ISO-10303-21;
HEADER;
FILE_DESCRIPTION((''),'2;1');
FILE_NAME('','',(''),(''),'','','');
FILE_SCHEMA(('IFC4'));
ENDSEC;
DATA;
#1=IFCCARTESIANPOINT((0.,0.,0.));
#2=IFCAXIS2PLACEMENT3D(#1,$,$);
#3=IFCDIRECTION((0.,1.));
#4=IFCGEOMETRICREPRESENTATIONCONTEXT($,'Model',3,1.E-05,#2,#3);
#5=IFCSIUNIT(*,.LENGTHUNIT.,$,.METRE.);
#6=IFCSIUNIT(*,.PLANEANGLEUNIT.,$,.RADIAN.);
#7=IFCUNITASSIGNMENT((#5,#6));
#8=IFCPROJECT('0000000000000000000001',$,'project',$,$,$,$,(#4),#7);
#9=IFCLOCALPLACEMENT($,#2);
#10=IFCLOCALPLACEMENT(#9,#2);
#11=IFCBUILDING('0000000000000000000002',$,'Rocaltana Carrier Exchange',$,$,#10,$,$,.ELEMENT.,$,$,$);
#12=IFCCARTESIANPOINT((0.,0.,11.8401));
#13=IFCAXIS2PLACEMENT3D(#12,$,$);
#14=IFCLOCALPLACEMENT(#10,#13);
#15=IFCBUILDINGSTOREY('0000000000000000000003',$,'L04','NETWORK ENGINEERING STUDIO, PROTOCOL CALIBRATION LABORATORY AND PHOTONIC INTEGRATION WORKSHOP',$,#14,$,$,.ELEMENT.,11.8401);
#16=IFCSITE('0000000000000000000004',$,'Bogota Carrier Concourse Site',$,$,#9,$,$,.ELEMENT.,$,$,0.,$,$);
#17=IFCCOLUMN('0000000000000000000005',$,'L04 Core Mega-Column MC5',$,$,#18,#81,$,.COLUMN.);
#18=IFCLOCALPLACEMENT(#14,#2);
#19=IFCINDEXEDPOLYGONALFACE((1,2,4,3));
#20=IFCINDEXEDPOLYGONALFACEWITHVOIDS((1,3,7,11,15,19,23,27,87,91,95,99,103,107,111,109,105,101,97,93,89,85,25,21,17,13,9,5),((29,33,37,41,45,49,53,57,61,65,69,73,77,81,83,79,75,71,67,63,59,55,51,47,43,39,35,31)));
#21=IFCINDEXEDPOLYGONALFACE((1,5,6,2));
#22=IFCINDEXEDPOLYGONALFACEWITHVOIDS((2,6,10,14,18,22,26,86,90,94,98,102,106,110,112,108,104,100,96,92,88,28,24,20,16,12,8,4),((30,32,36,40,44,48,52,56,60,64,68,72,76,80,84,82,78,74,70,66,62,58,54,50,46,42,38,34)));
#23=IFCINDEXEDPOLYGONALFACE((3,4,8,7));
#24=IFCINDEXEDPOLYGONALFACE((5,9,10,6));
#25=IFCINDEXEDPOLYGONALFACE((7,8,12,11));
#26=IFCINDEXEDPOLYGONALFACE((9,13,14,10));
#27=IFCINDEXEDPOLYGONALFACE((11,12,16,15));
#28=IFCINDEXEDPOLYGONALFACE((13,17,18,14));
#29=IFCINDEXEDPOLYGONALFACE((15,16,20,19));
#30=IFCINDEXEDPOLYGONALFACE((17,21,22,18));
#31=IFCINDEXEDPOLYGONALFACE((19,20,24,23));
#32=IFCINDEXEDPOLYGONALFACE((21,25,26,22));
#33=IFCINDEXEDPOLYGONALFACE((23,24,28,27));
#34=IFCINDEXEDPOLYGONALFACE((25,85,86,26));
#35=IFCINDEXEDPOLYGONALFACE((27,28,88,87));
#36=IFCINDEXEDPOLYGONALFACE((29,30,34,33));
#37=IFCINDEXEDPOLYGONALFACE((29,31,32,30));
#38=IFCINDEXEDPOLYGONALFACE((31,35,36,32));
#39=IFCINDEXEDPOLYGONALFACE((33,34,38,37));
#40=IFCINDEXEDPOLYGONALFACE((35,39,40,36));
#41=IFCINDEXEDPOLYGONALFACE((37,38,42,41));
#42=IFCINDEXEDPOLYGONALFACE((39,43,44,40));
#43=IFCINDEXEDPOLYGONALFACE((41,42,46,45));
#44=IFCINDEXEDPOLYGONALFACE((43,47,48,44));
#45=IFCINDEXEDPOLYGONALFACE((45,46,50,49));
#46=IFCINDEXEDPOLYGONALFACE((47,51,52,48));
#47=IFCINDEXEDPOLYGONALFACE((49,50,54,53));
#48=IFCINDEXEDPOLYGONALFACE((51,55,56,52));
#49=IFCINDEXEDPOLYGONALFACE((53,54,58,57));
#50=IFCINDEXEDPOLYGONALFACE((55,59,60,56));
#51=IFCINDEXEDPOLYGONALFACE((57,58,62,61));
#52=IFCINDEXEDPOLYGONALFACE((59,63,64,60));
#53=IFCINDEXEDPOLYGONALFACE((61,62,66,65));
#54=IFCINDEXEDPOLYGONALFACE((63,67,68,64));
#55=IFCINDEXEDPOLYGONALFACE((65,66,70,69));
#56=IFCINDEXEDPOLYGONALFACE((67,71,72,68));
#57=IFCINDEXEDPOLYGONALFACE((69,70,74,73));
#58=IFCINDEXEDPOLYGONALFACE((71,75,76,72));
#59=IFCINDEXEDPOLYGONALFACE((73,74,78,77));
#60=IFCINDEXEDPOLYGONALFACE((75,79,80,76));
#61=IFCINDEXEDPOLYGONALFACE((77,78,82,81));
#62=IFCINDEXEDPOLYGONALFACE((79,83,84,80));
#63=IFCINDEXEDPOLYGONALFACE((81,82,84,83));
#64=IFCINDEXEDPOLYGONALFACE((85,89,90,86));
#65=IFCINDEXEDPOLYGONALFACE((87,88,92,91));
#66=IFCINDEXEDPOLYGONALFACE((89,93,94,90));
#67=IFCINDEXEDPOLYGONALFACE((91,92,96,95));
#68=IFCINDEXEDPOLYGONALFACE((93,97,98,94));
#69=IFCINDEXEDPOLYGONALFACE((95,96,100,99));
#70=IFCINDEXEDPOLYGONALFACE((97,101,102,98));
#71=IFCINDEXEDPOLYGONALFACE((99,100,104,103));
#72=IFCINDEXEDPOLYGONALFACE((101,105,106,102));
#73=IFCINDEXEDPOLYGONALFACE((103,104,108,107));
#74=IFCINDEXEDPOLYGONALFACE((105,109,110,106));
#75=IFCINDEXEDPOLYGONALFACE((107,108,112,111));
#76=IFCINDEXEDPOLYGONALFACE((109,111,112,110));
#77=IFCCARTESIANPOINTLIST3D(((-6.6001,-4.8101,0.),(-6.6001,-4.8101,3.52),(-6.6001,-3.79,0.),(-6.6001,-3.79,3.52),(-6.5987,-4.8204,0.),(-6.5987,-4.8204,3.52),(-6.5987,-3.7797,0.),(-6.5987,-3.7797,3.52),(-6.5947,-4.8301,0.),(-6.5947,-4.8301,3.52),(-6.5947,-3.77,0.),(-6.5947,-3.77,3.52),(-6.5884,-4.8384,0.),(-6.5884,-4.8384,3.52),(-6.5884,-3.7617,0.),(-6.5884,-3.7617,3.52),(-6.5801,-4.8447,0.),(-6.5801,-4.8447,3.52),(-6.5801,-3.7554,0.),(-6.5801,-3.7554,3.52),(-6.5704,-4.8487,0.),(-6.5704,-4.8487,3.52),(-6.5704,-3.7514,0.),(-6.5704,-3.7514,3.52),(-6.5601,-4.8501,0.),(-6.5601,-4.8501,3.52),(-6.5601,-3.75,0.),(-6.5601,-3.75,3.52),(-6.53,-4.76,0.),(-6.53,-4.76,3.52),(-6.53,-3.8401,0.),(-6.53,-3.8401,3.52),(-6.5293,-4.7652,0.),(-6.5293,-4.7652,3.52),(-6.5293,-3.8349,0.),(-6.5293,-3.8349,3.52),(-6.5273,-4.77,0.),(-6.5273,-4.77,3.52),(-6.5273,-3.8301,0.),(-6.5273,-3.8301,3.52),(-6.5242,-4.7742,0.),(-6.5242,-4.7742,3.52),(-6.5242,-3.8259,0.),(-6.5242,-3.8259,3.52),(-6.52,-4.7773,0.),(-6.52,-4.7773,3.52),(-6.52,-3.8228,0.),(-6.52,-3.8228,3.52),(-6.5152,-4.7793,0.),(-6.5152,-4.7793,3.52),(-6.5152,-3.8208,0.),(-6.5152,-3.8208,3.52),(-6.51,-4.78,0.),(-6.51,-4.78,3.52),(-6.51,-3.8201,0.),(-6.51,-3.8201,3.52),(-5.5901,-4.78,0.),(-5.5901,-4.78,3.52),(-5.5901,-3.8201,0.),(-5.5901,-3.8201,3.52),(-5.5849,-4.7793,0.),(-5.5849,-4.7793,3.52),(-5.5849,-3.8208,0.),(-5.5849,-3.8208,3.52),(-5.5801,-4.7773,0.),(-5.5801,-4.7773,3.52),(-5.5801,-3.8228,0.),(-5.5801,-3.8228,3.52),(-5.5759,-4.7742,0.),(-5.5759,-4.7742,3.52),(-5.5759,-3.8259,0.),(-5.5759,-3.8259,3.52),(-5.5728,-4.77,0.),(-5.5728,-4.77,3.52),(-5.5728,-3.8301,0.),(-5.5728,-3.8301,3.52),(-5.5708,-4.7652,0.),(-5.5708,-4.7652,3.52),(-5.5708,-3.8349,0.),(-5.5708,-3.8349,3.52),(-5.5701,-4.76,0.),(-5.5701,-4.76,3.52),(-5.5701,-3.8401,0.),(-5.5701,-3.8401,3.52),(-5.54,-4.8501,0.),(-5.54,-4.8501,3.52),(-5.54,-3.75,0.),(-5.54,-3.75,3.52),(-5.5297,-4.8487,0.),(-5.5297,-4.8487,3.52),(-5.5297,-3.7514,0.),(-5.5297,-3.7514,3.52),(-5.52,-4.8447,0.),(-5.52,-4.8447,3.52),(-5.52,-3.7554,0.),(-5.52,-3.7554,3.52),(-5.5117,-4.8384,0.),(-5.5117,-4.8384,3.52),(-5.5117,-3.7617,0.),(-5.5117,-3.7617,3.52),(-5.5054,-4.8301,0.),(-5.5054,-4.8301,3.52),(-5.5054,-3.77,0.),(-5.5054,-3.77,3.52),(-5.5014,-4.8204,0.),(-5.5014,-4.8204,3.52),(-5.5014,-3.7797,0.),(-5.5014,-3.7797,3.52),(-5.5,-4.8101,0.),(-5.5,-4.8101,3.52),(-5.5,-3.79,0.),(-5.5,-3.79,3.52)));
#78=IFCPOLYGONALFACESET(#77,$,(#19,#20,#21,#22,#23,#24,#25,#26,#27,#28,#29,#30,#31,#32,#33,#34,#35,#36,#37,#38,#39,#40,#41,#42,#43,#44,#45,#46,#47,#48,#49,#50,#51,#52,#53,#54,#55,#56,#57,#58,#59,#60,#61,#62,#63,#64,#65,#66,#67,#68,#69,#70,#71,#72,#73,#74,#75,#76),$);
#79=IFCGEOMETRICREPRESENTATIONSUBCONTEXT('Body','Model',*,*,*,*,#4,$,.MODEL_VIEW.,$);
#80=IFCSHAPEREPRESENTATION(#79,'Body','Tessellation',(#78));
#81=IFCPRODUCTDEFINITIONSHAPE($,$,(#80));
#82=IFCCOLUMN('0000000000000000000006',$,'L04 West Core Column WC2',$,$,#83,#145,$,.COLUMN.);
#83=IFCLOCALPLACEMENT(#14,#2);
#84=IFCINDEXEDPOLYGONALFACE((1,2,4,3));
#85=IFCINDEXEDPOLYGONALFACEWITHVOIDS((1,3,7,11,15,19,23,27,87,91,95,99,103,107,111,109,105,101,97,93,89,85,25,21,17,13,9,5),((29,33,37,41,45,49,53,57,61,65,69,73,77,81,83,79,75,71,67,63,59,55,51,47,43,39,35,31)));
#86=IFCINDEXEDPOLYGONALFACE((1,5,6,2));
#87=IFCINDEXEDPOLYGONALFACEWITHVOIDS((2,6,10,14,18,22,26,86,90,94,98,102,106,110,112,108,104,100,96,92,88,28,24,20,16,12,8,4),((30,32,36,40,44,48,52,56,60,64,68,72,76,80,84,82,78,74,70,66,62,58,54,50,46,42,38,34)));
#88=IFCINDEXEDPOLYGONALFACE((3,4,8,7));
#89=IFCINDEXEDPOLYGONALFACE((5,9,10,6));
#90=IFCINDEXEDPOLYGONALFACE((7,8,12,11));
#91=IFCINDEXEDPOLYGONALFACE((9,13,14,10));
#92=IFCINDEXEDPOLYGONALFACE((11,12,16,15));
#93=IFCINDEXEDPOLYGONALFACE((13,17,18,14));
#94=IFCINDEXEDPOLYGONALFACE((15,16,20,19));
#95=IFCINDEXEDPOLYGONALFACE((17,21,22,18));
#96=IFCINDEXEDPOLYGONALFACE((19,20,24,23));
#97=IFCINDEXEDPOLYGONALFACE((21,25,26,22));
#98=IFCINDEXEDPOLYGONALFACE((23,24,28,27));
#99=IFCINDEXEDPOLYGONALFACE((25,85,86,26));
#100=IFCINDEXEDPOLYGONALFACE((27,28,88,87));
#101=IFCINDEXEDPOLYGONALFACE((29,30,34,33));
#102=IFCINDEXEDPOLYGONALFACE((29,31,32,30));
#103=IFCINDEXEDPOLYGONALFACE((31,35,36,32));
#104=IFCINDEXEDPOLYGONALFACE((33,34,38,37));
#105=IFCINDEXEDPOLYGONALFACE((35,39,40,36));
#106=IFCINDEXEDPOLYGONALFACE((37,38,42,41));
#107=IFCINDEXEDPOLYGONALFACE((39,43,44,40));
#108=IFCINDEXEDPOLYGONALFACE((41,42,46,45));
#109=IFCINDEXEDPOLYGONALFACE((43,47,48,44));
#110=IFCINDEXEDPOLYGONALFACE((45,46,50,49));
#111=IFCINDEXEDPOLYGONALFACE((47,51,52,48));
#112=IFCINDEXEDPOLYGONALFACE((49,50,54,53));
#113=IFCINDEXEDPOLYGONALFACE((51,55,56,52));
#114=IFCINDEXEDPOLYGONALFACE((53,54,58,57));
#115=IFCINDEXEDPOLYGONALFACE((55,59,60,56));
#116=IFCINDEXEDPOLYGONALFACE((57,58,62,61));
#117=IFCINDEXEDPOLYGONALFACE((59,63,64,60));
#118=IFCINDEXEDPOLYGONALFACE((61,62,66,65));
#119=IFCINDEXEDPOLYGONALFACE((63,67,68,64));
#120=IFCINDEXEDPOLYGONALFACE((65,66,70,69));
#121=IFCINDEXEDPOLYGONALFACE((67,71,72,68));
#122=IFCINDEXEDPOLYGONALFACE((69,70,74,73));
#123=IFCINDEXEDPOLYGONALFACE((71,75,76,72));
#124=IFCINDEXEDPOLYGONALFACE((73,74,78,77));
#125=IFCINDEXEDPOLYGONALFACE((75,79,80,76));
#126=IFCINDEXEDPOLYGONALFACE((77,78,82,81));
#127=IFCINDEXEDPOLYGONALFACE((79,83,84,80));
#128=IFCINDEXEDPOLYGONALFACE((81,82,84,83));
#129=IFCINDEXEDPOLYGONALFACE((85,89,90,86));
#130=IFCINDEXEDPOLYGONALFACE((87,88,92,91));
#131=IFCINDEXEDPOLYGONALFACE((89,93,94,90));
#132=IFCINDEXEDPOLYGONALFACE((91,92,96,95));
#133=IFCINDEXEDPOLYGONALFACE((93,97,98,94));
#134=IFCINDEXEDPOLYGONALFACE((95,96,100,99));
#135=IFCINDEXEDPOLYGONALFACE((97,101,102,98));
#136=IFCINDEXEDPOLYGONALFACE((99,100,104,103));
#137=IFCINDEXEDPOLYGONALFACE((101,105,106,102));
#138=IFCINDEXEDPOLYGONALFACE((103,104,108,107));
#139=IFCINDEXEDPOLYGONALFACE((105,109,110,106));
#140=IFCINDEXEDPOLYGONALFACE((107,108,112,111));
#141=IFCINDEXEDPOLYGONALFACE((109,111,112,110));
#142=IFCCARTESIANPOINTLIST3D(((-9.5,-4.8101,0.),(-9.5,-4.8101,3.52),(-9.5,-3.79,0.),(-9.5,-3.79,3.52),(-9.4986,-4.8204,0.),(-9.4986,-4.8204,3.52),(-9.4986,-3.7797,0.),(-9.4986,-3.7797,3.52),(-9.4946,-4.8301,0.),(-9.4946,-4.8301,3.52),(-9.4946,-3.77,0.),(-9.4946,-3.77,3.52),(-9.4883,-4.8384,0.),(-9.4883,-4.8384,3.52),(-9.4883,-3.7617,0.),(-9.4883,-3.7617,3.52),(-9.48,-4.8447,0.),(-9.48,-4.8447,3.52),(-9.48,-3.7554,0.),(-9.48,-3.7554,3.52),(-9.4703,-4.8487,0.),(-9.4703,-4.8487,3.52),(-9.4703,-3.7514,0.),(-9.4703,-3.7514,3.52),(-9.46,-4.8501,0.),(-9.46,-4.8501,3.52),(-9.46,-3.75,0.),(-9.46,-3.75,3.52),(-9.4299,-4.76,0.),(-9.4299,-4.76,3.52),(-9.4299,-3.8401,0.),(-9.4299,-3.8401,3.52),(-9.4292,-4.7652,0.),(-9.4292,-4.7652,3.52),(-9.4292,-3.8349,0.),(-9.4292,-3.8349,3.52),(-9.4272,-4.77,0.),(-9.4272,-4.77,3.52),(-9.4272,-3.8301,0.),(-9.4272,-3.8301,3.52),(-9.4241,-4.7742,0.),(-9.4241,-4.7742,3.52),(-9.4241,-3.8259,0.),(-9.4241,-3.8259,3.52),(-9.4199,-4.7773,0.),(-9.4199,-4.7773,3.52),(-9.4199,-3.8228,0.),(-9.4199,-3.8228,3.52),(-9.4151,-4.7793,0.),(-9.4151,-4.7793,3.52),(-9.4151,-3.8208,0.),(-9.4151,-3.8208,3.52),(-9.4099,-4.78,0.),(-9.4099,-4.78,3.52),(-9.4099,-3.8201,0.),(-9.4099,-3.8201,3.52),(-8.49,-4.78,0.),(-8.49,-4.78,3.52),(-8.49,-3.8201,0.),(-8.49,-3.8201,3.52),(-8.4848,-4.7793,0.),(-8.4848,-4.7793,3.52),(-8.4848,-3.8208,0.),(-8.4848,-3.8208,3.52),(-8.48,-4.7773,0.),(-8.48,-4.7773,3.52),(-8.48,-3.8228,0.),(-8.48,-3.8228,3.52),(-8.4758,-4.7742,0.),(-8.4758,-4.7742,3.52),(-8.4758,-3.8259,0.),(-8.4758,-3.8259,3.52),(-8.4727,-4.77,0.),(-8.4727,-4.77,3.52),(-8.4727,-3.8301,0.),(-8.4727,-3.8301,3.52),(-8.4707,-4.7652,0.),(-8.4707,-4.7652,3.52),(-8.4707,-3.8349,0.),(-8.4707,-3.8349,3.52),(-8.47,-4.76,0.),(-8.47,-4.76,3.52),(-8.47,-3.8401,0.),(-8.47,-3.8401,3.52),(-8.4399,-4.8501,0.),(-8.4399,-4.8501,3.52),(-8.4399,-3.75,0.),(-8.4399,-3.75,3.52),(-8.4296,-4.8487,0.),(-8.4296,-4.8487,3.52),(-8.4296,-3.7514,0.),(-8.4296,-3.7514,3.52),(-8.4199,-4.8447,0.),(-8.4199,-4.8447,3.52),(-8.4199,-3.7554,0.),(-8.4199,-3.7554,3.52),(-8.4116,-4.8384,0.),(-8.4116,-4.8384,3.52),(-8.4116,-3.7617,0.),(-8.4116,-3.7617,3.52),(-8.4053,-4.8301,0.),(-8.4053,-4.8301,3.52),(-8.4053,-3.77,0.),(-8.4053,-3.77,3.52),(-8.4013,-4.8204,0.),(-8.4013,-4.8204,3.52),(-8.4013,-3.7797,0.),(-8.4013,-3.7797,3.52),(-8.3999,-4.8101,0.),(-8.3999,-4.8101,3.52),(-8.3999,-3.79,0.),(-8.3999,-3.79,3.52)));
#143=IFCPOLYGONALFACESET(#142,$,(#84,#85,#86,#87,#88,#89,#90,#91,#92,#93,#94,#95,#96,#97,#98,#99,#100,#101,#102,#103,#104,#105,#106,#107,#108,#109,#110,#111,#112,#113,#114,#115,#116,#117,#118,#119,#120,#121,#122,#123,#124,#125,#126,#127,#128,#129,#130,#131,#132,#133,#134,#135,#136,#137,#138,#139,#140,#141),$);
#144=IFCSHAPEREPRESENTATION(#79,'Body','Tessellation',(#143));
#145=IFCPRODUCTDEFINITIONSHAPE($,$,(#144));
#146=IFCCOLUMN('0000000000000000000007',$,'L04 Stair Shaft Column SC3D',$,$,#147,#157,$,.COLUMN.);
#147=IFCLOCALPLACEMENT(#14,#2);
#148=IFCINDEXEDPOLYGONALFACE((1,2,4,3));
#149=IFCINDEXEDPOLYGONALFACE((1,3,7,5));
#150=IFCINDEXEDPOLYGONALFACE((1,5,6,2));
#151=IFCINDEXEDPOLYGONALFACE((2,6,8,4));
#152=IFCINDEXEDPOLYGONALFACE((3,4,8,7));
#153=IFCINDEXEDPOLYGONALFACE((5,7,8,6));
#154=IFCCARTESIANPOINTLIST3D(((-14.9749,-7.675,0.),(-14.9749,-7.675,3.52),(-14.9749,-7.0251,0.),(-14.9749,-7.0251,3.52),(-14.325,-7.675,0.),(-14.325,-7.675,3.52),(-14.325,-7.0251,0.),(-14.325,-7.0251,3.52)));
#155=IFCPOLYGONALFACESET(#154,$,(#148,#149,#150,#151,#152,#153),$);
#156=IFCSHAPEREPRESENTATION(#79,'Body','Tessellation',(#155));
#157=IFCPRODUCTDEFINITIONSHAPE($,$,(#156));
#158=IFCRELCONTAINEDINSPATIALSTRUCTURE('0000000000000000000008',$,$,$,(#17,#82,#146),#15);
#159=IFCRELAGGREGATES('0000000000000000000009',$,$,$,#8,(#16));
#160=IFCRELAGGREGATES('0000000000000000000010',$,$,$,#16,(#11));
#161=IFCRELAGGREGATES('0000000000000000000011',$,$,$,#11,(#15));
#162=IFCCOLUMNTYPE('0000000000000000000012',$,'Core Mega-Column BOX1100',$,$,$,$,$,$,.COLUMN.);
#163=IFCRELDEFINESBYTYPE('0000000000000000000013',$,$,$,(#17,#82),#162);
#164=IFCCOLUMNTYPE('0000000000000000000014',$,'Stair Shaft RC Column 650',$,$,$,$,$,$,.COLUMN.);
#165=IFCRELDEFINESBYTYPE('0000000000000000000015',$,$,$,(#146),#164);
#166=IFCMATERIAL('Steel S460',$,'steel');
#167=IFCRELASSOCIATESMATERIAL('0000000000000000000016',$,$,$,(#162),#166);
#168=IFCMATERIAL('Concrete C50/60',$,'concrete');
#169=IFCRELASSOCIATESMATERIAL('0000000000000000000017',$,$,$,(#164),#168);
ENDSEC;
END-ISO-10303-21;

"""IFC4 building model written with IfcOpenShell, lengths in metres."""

from ifc_helpers import new_model, si_unit, direction, frame, origin, origin_2d, place, context, subcontext, project, spatial, rectangle, hollow_rectangle, extrude, material, material_profile, profile_set, type_object, element, save


model = new_model("IFC4")

# Units and contexts
model_context = context("Model", 3, precision=1e-05, world=origin(), true_north=direction((0.0, 1.0)))
body_context = subcontext(model_context, "Body", "Model", "MODEL_VIEW")
ifc_project = project(units=[si_unit("LENGTHUNIT", "METRE"), si_unit("PLANEANGLEUNIT", "RADIAN")], contexts=[model_context])

# Site, building, storey
site_placement = place(None, origin())
site = spatial("IfcSite", under=ifc_project, at=site_placement, Name="Bogota Carrier Concourse Site", CompositionType="ELEMENT", RefElevation=0.0)
building_placement = place(site_placement, origin())
building = spatial("IfcBuilding", under=site, at=building_placement, Name="Rocaltana Carrier Exchange", CompositionType="ELEMENT")
storey_placement = place(building_placement, frame((0.0, 0.0, 11.8401)))
storey = spatial("IfcBuildingStorey", under=building, at=storey_placement, Name="L04", Description="NETWORK ENGINEERING STUDIO, PROTOCOL CALIBRATION LABORATORY AND PHOTONIC INTEGRATION WORKSHOP", CompositionType="ELEMENT", Elevation=11.8401)

# Columns
ifc_material_1 = material(Name="Steel S460", Category="steel")
ifc_material_profile_1 = material_profile(ifc_material_1, hollow_rectangle(XDim=1.1001, YDim=1.1001, WallThickness=0.0701, InnerFilletRadius=0.02, OuterFilletRadius=0.04, at=origin_2d()), Name="BOX1100X1100X70")
ifc_profile_set_1 = profile_set([ifc_material_profile_1], Name="Steel S460")
column_type_1 = type_object("IfcColumnType", Name="Core Mega-Column BOX1100", PredefinedType="COLUMN", material=ifc_profile_set_1)
for number, where, z_axis, x_axis, name in (
    (1, (-6.05, -4.3, 0.0), (0.0, 0.0, 1.0), (1.0, 0.0, 0.0), "L04 Core Mega-Column MC5"),
    (2, (-8.95, -4.3, 0.0), (0.0, 0.0, 1.0), (1.0, 0.0, 0.0), "L04 West Core Column WC2"),
):
    element("IfcColumn", number, at=place(storey_placement, frame(where, z_axis=z_axis, x_axis=x_axis)), inside=storey, type_object=column_type_1, Name=name, PredefinedType="COLUMN", context=body_context, shape_type="SweptSolid", body=[
        extrude(hollow_rectangle(XDim=1.1001, YDim=1.1001, WallThickness=0.0701, InnerFilletRadius=0.02, OuterFilletRadius=0.04, at=origin_2d()), origin(), (0.0, 0.0, 1.0), 3.52),
    ])
ifc_material_2 = material(Name="Concrete C50/60", Category="concrete")
ifc_material_profile_2 = material_profile(ifc_material_2, rectangle(XDim=0.6499, YDim=0.6499, at=origin_2d()), Name="RC-COL-650X650")
ifc_profile_set_2 = profile_set([ifc_material_profile_2], Name="Concrete C50/60")
column_type_2 = type_object("IfcColumnType", Name="Stair Shaft RC Column 650", PredefinedType="COLUMN", material=ifc_profile_set_2)
column_placement = place(storey_placement, frame((-14.6499, -7.3501, 0.0), z_axis=(0.0, 0.0, 1.0), x_axis=(1.0, 0.0, 0.0)))
element("IfcColumn", 3, at=column_placement, inside=storey, type_object=column_type_2, Name="L04 Stair Shaft Column SC3D", PredefinedType="COLUMN", context=body_context, shape_type="SweptSolid", body=[
    extrude(rectangle(XDim=0.6499, YDim=0.6499, at=origin_2d()), origin(), (0.0, 0.0, 1.0), 3.52),
])

save(model, "model.ifc")
